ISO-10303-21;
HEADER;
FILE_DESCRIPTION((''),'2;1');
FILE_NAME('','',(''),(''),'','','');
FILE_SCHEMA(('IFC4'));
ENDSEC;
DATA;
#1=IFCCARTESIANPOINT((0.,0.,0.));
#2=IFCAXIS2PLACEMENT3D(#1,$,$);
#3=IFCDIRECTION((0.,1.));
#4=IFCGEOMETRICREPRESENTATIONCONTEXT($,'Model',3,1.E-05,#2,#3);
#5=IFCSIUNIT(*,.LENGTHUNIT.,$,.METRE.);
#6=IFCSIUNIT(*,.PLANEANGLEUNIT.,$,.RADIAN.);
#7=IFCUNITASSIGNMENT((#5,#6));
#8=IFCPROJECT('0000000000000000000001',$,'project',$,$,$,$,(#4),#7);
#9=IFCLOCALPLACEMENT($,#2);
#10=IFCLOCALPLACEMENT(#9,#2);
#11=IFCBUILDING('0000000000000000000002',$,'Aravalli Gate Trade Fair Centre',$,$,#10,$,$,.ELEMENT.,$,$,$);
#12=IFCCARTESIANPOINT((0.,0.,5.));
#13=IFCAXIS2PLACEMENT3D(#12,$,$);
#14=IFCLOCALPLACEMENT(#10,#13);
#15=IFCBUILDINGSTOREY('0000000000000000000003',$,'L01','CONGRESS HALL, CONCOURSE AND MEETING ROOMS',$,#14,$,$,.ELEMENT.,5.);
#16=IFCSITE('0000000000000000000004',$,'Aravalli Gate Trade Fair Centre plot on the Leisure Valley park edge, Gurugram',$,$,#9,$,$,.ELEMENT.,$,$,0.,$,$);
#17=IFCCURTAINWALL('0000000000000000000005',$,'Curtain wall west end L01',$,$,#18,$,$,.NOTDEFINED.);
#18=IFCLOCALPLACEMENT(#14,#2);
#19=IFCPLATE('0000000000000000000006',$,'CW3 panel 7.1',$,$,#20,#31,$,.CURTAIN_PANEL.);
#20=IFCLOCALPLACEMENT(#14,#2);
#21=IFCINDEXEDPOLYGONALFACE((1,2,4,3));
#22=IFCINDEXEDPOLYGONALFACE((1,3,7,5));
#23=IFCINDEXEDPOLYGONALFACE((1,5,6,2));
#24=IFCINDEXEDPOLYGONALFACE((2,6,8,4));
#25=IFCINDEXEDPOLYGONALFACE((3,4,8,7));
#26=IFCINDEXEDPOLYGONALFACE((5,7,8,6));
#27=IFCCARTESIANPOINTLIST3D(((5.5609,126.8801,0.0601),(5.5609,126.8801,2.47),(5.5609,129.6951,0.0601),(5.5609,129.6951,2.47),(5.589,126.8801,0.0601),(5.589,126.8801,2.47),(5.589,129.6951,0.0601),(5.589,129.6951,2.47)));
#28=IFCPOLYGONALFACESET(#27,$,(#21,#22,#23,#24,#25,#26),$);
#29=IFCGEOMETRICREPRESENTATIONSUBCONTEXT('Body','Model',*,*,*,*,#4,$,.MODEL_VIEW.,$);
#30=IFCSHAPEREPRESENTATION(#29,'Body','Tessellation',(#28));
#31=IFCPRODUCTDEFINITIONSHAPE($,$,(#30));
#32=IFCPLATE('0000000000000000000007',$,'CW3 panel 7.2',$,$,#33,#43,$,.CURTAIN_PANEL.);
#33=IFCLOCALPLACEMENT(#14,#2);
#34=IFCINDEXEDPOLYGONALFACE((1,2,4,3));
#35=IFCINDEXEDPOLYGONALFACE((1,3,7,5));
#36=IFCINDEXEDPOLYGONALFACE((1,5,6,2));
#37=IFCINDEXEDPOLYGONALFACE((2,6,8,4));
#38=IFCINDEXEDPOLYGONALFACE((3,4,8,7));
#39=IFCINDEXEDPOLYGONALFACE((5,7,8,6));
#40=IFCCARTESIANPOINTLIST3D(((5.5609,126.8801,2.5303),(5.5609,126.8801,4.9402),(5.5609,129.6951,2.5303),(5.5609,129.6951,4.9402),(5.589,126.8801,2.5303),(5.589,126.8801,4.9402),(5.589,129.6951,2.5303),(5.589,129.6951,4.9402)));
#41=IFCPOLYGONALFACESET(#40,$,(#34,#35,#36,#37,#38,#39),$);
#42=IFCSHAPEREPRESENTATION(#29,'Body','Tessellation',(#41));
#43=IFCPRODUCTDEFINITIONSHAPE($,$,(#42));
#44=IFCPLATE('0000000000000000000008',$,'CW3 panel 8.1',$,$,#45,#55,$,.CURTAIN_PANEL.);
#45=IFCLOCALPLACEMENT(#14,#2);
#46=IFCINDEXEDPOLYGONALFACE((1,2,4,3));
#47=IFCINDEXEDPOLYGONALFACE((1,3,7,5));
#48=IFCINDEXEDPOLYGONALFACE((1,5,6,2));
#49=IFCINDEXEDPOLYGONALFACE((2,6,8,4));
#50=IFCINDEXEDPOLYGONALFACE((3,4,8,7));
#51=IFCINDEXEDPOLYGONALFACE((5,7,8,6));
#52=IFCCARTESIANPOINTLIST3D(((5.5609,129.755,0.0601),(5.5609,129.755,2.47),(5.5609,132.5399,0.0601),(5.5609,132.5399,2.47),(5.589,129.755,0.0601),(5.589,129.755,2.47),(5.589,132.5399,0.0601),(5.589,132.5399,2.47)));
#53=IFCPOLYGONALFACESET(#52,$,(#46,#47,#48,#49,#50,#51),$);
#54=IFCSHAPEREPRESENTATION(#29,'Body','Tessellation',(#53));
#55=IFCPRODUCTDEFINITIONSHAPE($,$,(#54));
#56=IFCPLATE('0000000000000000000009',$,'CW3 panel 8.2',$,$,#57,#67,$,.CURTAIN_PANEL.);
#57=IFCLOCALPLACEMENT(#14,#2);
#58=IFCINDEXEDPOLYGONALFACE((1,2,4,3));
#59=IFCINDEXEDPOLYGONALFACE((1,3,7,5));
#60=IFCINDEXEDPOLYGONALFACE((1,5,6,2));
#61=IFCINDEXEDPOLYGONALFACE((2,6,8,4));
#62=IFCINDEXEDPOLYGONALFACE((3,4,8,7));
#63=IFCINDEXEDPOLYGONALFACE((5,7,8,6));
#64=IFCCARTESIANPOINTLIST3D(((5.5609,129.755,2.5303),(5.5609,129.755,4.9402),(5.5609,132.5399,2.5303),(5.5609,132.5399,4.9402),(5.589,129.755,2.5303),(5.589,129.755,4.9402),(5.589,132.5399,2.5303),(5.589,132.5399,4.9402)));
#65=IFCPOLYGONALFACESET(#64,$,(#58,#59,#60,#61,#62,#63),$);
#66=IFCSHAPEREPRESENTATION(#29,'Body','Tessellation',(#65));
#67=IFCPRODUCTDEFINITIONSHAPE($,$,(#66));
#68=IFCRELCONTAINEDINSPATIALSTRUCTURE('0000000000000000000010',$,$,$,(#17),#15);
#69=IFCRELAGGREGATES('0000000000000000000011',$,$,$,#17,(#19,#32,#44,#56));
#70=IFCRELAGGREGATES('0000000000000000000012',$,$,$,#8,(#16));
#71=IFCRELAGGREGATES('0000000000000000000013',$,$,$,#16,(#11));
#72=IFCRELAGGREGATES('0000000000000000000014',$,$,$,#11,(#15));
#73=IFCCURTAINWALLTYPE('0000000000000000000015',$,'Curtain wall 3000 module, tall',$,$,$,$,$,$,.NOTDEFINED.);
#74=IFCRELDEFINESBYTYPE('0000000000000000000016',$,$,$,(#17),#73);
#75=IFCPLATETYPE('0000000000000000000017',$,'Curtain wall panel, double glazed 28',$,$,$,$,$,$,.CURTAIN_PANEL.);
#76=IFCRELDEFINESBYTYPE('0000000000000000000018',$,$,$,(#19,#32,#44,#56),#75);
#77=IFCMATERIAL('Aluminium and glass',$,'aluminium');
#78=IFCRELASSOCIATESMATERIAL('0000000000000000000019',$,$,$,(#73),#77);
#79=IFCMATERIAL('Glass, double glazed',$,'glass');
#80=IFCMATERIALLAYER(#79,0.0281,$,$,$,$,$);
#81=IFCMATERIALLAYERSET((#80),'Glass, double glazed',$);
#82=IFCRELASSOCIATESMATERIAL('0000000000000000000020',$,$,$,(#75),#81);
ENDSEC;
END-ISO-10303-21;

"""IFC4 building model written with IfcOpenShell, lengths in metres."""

from ifc_helpers import new_model, si_unit, direction, frame, origin, origin_2d, place, context, subcontext, project, spatial, rectangle, extrude, material, layer, layer_set, type_object, element, aggregate, save


model = new_model("IFC4")

# Units and contexts
model_context = context("Model", 3, precision=1e-05, world=origin(), true_north=direction((0.0, 1.0)))
body_context = subcontext(model_context, "Body", "Model", "MODEL_VIEW")
ifc_project = project(units=[si_unit("LENGTHUNIT", "METRE"), si_unit("PLANEANGLEUNIT", "RADIAN")], contexts=[model_context])

# Site, building, storey
site_placement = place(None, origin())
site = spatial("IfcSite", under=ifc_project, at=site_placement, Name="Aravalli Gate Trade Fair Centre plot on the Leisure Valley park edge, Gurugram", CompositionType="ELEMENT", RefElevation=0.0)
building_placement = place(site_placement, origin())
building = spatial("IfcBuilding", under=site, at=building_placement, Name="Aravalli Gate Trade Fair Centre", CompositionType="ELEMENT")
storey_placement = place(building_placement, frame((0.0, 0.0, 5.0)))
storey = spatial("IfcBuildingStorey", under=building, at=storey_placement, Name="L01", Description="CONGRESS HALL, CONCOURSE AND MEETING ROOMS", CompositionType="ELEMENT", Elevation=5.0)

# Curtain wall, plates
ifc_material_1 = material(Name="Aluminium and glass", Category="aluminium")
curtain_wall_type = type_object("IfcCurtainWallType", Name="Curtain wall 3000 module, tall", PredefinedType="NOTDEFINED", material=ifc_material_1)
curtain_wall_placement = place(storey_placement, origin())
curtain_wall = element("IfcCurtainWall", 1, at=curtain_wall_placement, inside=storey, type_object=curtain_wall_type, Name="Curtain wall west end L01", PredefinedType="NOTDEFINED")
ifc_material_2 = material(Name="Glass, double glazed", Category="glass")
ifc_layer = layer(ifc_material_2, 0.0281)
ifc_layer_set = layer_set([ifc_layer], Name="Glass, double glazed")
plate_type = type_object("IfcPlateType", Name="Curtain wall panel, double glazed 28", PredefinedType="CURTAIN_PANEL", material=ifc_layer_set)
plate_1_placement = place(storey_placement, frame((5.575, 128.2876, 0.0601), z_axis=(0.0, 0.0, 1.0), x_axis=(0.0, 1.0, 0.0)))
plate_1 = element("IfcPlate", 2, at=plate_1_placement, type_object=plate_type, Name="CW3 panel 7.1", PredefinedType="CURTAIN_PANEL", context=body_context, shape_type="SweptSolid", body=[
    extrude(rectangle(XDim=2.8149, YDim=0.0281, at=origin_2d()), origin(), (0.0, 0.0, 1.0), 2.4099),
])
plate_2_placement = place(storey_placement, frame((5.575, 128.2876, 2.5303), z_axis=(0.0, 0.0, 1.0), x_axis=(0.0, 1.0, 0.0)))
plate_2 = element("IfcPlate", 3, at=plate_2_placement, type_object=plate_type, Name="CW3 panel 7.2", PredefinedType="CURTAIN_PANEL", context=body_context, shape_type="SweptSolid", body=[
    extrude(rectangle(XDim=2.8149, YDim=0.0281, at=origin_2d()), origin(), (0.0, 0.0, 1.0), 2.4099),
])
plate_3_placement = place(storey_placement, frame((5.575, 131.1475, 0.0601), z_axis=(0.0, 0.0, 1.0), x_axis=(0.0, 1.0, 0.0)))
plate_3 = element("IfcPlate", 4, at=plate_3_placement, type_object=plate_type, Name="CW3 panel 8.1", PredefinedType="CURTAIN_PANEL", context=body_context, shape_type="SweptSolid", body=[
    extrude(rectangle(XDim=2.7849, YDim=0.0281, at=origin_2d()), origin(), (0.0, 0.0, 1.0), 2.4099),
])
plate_4_placement = place(storey_placement, frame((5.575, 131.1475, 2.5303), z_axis=(0.0, 0.0, 1.0), x_axis=(0.0, 1.0, 0.0)))
plate_4 = element("IfcPlate", 5, at=plate_4_placement, type_object=plate_type, Name="CW3 panel 8.2", PredefinedType="CURTAIN_PANEL", context=body_context, shape_type="SweptSolid", body=[
    extrude(rectangle(XDim=2.7849, YDim=0.0281, at=origin_2d()), origin(), (0.0, 0.0, 1.0), 2.4099),
])
aggregate(curtain_wall, [plate_1, plate_2, plate_3, plate_4])

save(model, "model.ifc")
